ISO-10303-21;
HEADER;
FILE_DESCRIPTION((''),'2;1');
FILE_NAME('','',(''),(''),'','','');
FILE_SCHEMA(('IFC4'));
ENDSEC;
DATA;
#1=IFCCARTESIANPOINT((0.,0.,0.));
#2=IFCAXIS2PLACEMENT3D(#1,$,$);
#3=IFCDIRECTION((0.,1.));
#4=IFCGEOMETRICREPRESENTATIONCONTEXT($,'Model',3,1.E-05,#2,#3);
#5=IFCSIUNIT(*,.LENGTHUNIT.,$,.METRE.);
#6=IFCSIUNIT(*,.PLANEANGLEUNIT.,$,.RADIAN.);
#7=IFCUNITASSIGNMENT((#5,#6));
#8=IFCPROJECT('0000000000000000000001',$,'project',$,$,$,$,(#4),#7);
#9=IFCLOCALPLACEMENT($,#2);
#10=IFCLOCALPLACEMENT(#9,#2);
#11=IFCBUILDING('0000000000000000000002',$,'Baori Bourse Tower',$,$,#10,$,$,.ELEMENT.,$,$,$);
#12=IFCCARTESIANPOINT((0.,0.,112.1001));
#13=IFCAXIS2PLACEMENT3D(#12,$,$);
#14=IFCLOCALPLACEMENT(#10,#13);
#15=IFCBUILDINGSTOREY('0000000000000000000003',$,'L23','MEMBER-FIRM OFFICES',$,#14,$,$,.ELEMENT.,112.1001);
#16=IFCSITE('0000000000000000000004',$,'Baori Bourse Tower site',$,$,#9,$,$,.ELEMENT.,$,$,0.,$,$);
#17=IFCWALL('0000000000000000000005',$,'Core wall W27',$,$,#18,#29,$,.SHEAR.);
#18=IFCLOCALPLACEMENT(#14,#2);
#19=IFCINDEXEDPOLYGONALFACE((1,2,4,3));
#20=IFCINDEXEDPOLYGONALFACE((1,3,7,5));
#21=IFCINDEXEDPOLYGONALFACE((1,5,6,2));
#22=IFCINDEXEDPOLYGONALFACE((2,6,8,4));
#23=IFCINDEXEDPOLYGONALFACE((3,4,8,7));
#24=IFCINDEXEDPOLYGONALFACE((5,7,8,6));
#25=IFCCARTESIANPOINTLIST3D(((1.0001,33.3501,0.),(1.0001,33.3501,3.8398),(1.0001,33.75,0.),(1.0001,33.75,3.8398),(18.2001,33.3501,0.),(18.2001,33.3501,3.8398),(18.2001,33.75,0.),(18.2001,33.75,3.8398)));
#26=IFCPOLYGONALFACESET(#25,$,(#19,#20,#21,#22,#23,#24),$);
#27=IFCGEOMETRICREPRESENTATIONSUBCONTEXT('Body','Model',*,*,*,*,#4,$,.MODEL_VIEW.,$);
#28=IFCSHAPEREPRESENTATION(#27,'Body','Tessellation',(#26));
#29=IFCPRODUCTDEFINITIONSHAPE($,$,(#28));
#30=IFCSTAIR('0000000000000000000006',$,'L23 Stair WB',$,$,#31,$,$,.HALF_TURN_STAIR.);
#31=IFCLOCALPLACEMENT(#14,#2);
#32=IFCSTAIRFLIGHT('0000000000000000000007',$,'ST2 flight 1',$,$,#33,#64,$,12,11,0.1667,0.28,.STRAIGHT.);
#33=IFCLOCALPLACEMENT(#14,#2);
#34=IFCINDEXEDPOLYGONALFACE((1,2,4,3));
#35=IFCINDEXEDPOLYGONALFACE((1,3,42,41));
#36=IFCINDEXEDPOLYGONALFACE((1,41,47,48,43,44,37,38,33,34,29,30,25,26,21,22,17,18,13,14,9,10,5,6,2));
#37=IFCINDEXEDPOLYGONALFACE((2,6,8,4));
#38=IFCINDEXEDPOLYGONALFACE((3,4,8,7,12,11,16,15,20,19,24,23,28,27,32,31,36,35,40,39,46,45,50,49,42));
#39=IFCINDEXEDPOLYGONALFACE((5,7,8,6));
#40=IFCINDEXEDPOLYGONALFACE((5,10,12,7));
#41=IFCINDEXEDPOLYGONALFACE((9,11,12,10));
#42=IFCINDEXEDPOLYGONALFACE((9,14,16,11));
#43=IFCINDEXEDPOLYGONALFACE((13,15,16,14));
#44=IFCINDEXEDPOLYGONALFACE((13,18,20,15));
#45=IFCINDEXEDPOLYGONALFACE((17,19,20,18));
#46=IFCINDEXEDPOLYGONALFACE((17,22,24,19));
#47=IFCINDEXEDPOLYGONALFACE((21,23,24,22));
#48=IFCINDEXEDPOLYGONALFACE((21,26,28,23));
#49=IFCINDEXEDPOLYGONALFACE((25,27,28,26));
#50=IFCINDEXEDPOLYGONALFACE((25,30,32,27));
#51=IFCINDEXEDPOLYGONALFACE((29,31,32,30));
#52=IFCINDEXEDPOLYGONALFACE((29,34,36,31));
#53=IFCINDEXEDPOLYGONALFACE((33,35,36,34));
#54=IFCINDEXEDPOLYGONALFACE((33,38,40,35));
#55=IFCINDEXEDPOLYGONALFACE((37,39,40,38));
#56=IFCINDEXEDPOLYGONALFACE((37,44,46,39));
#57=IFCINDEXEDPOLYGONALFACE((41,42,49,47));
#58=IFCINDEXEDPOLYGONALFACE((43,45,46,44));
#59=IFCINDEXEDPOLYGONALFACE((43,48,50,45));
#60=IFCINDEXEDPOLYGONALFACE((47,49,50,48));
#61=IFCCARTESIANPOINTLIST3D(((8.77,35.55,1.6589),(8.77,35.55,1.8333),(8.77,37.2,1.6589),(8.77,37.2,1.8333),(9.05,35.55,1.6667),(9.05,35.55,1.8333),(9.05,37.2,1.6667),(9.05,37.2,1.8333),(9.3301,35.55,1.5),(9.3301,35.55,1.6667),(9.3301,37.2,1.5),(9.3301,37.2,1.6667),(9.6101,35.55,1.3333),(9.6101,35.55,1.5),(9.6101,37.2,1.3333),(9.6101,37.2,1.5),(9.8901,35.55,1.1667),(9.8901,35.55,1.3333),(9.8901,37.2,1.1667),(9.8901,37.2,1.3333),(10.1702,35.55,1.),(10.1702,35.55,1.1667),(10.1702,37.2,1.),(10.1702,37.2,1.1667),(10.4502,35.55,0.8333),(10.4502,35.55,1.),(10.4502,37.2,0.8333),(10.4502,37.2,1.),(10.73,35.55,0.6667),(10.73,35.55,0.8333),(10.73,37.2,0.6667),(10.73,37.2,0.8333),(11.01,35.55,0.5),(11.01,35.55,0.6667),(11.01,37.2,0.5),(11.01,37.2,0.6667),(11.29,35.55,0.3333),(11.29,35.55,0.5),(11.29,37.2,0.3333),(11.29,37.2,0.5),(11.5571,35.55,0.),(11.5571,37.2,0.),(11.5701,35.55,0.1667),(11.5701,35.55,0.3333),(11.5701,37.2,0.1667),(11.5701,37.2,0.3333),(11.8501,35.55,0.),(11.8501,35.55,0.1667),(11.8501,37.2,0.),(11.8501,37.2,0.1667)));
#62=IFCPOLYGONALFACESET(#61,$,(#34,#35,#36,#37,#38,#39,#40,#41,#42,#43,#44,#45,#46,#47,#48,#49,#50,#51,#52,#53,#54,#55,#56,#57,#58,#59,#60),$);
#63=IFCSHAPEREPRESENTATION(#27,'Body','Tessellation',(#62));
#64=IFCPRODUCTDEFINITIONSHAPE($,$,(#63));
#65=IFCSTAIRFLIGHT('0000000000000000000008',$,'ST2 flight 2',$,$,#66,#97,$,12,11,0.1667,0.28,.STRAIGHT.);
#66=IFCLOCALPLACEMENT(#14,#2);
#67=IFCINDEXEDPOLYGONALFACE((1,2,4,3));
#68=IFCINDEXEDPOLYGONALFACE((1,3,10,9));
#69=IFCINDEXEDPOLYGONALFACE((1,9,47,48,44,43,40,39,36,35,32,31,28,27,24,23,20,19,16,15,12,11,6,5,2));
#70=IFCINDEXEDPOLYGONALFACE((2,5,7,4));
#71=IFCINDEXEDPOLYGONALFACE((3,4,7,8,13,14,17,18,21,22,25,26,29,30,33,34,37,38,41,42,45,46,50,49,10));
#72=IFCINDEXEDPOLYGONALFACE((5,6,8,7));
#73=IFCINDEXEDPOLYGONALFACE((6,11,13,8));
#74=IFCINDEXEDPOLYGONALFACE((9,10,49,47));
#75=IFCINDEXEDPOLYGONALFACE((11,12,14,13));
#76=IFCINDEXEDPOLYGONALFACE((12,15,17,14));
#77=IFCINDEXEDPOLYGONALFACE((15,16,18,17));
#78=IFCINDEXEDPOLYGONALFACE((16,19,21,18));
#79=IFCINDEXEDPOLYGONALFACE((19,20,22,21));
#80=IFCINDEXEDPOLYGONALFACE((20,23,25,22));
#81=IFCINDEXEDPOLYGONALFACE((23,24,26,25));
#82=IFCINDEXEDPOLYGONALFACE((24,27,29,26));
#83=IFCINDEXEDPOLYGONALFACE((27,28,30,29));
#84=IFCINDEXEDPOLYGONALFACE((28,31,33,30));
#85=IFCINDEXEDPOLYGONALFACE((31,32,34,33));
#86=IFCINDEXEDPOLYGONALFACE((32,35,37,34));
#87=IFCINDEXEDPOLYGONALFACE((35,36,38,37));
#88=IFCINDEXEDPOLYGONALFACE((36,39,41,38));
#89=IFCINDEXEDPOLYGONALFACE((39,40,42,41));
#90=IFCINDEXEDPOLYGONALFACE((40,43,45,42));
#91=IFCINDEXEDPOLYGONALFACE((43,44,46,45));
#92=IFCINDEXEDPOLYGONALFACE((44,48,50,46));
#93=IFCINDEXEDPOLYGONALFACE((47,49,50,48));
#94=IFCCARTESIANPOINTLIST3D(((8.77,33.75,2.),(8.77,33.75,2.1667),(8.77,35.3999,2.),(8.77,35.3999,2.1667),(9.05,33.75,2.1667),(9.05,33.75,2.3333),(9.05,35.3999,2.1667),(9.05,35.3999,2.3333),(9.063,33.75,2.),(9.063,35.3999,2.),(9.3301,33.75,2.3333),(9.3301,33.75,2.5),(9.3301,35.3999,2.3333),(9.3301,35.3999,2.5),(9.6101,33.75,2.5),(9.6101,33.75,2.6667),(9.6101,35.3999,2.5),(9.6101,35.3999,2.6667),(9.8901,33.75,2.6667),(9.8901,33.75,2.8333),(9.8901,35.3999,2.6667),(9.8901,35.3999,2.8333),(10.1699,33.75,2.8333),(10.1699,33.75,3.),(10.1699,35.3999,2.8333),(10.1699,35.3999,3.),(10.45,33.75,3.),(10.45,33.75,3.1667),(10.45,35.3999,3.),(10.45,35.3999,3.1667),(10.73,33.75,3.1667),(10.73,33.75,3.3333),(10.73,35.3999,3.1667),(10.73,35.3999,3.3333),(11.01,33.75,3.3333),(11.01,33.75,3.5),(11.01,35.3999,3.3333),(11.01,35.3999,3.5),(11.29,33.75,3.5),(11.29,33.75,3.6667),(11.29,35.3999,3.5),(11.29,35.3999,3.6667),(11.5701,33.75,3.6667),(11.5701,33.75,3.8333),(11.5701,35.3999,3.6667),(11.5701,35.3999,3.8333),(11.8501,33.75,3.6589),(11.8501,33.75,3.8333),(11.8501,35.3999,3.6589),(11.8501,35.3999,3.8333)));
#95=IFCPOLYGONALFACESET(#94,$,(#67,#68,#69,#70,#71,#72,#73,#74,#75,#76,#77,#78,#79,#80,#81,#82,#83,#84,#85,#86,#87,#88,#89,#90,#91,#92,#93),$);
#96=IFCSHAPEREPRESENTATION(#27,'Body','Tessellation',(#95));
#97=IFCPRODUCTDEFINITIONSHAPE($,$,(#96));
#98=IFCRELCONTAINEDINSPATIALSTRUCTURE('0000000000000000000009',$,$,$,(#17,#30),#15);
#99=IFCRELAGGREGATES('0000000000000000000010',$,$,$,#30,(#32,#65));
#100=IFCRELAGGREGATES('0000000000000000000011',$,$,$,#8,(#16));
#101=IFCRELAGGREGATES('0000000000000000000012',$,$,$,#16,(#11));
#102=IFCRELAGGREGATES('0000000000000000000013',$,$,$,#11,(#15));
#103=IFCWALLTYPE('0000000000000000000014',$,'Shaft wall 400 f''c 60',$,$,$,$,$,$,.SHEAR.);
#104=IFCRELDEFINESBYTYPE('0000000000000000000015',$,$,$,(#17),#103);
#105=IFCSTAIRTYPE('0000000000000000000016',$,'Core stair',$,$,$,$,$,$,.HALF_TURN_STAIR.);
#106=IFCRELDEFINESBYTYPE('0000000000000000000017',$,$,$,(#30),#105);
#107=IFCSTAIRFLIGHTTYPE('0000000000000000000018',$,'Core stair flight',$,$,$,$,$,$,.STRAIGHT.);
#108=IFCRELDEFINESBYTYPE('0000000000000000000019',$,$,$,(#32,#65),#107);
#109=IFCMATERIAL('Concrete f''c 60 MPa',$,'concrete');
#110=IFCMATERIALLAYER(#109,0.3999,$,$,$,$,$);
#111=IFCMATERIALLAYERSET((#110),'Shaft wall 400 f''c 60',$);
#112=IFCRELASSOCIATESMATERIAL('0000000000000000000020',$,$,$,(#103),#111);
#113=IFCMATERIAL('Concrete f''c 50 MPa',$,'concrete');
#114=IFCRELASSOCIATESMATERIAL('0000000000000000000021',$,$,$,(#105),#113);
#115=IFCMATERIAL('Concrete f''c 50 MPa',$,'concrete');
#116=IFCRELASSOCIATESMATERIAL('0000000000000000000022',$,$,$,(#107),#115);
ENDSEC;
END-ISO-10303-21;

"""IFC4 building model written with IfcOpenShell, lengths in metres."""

from ifc_helpers import new_model, si_unit, direction, frame, frame_2d, origin, place, context, subcontext, project, spatial, polyline, rectangle, outline, extrude, material, layer, layer_set, type_object, element, aggregate, save


model = new_model("IFC4")

# Units and contexts
model_context = context("Model", 3, precision=1e-05, world=origin(), true_north=direction((0.0, 1.0)))
body_context = subcontext(model_context, "Body", "Model", "MODEL_VIEW")
ifc_project = project(units=[si_unit("LENGTHUNIT", "METRE"), si_unit("PLANEANGLEUNIT", "RADIAN")], contexts=[model_context])

# Site, building, storey
site_placement = place(None, origin())
site = spatial("IfcSite", under=ifc_project, at=site_placement, Name="Baori Bourse Tower site", CompositionType="ELEMENT", RefElevation=0.0)
building_placement = place(site_placement, origin())
building = spatial("IfcBuilding", under=site, at=building_placement, Name="Baori Bourse Tower", CompositionType="ELEMENT")
storey_placement = place(building_placement, frame((0.0, 0.0, 112.1001)))
storey = spatial("IfcBuildingStorey", under=building, at=storey_placement, Name="L23", Description="MEMBER-FIRM OFFICES", CompositionType="ELEMENT", Elevation=112.1001)

# Shared definitions
ifc_material_1 = material(Name="Concrete f'c 60 MPa", Category="concrete")
ifc_layer_1 = layer(ifc_material_1, 0.3999)
ifc_layer_set_1 = layer_set([ifc_layer_1], Name="Shaft wall 400 f'c 60")
wall_type_1 = type_object("IfcWallType", Name="Shaft wall 400 f'c 60", PredefinedType="SHEAR", material=ifc_layer_set_1)

# Wall
wall_1_placement = place(storey_placement, frame((1.0, 33.55, 0.0), z_axis=(0.0, 0.0, 1.0), x_axis=(1.0, 0.0, 0.0)))
element("IfcWall", 1, at=wall_1_placement, inside=storey, type_object=wall_type_1, Name="Core wall W27", PredefinedType="SHEAR", context=body_context, shape_type="SweptSolid", body=[
    extrude(rectangle(XDim=17.2, YDim=0.3999, at=frame_2d((8.6001, 0.0))), origin(), (0.0, 0.0, 1.0), 3.8398),
])

# Stair, stair flights
ifc_material_2 = material(Name="Concrete f'c 50 MPa", Category="concrete")
stair_type = type_object("IfcStairType", Name="Core stair", PredefinedType="HALF_TURN_STAIR", material=ifc_material_2)
stair_placement = place(storey_placement, origin())
stair = element("IfcStair", 2, at=stair_placement, inside=storey, type_object=stair_type, Name="L23 Stair WB", PredefinedType="HALF_TURN_STAIR")
ifc_material_3 = material(Name="Concrete f'c 50 MPa", Category="concrete")
stair_flight_type = type_object("IfcStairFlightType", Name="Core stair flight", PredefinedType="STRAIGHT", material=ifc_material_3)
stair_flight_1_placement = place(storey_placement, frame((11.8501, 36.375, 0.0), z_axis=(0.0, 0.0, 1.0), x_axis=(-1.0, 0.0, 0.0)))
stair_flight_1 = element("IfcStairFlight", 3, at=stair_flight_1_placement, type_object=stair_flight_type, Name="ST2 flight 1", NumberOfRisers=12, NumberOfTreads=11, PredefinedType="STRAIGHT", RiserHeight=0.1667, TreadLength=0.28, context=body_context, shape_type="SweptSolid", body=[
    extrude(outline(polyline([(0.0, 0.0), (0.0, 0.1667), (0.28, 0.1667), (0.28, 0.3333), (0.5601, 0.3333), (0.5601, 0.5), (0.8401, 0.5), (0.8401, 0.6667), (1.1201, 0.6667), (1.1201, 0.8333), (1.3999, 0.8333), (1.3999, 1.0), (1.6799, 1.0), (1.6799, 1.1667), (1.96, 1.1667), (1.96, 1.3333), (2.24, 1.3333), (2.24, 1.5), (2.52, 1.5), (2.52, 1.6667), (2.8, 1.6667), (2.8, 1.8333), (3.0801, 1.8333), (3.0801, 2.0), (3.0801, 1.6589), (0.293, 0.0), (0.0, 0.0)])), frame((0.0, 0.825, 0.0), z_axis=(0.0, -1.0, 0.0), x_axis=(1.0, 0.0, 0.0)), (0.0, 0.0, 1.0), 1.6499),
])
stair_flight_2_placement = place(storey_placement, frame((8.77, 34.575, 2.0), z_axis=(0.0, 0.0, 1.0), x_axis=(1.0, 0.0, 0.0)))
stair_flight_2 = element("IfcStairFlight", 4, at=stair_flight_2_placement, type_object=stair_flight_type, Name="ST2 flight 2", NumberOfRisers=12, NumberOfTreads=11, PredefinedType="STRAIGHT", RiserHeight=0.1667, TreadLength=0.28, context=body_context, shape_type="SweptSolid", body=[
    extrude(outline(polyline([(0.0, 0.0), (0.0, 0.1667), (0.28, 0.1667), (0.28, 0.3333), (0.5601, 0.3333), (0.5601, 0.5), (0.8401, 0.5), (0.8401, 0.6667), (1.1201, 0.6667), (1.1201, 0.8333), (1.3999, 0.8333), (1.3999, 1.0), (1.6799, 1.0), (1.6799, 1.1667), (1.96, 1.1667), (1.96, 1.3333), (2.24, 1.3333), (2.24, 1.5), (2.52, 1.5), (2.52, 1.6667), (2.8, 1.6667), (2.8, 1.8333), (3.0801, 1.8333), (3.0801, 2.0), (3.0801, 1.6589), (0.293, 0.0), (0.0, 0.0)])), frame((0.0, 0.825, 0.0), z_axis=(0.0, -1.0, 0.0), x_axis=(1.0, 0.0, 0.0)), (0.0, 0.0, 1.0), 1.6499),
])
aggregate(stair, [stair_flight_1, stair_flight_2])

save(model, "model.ifc")
